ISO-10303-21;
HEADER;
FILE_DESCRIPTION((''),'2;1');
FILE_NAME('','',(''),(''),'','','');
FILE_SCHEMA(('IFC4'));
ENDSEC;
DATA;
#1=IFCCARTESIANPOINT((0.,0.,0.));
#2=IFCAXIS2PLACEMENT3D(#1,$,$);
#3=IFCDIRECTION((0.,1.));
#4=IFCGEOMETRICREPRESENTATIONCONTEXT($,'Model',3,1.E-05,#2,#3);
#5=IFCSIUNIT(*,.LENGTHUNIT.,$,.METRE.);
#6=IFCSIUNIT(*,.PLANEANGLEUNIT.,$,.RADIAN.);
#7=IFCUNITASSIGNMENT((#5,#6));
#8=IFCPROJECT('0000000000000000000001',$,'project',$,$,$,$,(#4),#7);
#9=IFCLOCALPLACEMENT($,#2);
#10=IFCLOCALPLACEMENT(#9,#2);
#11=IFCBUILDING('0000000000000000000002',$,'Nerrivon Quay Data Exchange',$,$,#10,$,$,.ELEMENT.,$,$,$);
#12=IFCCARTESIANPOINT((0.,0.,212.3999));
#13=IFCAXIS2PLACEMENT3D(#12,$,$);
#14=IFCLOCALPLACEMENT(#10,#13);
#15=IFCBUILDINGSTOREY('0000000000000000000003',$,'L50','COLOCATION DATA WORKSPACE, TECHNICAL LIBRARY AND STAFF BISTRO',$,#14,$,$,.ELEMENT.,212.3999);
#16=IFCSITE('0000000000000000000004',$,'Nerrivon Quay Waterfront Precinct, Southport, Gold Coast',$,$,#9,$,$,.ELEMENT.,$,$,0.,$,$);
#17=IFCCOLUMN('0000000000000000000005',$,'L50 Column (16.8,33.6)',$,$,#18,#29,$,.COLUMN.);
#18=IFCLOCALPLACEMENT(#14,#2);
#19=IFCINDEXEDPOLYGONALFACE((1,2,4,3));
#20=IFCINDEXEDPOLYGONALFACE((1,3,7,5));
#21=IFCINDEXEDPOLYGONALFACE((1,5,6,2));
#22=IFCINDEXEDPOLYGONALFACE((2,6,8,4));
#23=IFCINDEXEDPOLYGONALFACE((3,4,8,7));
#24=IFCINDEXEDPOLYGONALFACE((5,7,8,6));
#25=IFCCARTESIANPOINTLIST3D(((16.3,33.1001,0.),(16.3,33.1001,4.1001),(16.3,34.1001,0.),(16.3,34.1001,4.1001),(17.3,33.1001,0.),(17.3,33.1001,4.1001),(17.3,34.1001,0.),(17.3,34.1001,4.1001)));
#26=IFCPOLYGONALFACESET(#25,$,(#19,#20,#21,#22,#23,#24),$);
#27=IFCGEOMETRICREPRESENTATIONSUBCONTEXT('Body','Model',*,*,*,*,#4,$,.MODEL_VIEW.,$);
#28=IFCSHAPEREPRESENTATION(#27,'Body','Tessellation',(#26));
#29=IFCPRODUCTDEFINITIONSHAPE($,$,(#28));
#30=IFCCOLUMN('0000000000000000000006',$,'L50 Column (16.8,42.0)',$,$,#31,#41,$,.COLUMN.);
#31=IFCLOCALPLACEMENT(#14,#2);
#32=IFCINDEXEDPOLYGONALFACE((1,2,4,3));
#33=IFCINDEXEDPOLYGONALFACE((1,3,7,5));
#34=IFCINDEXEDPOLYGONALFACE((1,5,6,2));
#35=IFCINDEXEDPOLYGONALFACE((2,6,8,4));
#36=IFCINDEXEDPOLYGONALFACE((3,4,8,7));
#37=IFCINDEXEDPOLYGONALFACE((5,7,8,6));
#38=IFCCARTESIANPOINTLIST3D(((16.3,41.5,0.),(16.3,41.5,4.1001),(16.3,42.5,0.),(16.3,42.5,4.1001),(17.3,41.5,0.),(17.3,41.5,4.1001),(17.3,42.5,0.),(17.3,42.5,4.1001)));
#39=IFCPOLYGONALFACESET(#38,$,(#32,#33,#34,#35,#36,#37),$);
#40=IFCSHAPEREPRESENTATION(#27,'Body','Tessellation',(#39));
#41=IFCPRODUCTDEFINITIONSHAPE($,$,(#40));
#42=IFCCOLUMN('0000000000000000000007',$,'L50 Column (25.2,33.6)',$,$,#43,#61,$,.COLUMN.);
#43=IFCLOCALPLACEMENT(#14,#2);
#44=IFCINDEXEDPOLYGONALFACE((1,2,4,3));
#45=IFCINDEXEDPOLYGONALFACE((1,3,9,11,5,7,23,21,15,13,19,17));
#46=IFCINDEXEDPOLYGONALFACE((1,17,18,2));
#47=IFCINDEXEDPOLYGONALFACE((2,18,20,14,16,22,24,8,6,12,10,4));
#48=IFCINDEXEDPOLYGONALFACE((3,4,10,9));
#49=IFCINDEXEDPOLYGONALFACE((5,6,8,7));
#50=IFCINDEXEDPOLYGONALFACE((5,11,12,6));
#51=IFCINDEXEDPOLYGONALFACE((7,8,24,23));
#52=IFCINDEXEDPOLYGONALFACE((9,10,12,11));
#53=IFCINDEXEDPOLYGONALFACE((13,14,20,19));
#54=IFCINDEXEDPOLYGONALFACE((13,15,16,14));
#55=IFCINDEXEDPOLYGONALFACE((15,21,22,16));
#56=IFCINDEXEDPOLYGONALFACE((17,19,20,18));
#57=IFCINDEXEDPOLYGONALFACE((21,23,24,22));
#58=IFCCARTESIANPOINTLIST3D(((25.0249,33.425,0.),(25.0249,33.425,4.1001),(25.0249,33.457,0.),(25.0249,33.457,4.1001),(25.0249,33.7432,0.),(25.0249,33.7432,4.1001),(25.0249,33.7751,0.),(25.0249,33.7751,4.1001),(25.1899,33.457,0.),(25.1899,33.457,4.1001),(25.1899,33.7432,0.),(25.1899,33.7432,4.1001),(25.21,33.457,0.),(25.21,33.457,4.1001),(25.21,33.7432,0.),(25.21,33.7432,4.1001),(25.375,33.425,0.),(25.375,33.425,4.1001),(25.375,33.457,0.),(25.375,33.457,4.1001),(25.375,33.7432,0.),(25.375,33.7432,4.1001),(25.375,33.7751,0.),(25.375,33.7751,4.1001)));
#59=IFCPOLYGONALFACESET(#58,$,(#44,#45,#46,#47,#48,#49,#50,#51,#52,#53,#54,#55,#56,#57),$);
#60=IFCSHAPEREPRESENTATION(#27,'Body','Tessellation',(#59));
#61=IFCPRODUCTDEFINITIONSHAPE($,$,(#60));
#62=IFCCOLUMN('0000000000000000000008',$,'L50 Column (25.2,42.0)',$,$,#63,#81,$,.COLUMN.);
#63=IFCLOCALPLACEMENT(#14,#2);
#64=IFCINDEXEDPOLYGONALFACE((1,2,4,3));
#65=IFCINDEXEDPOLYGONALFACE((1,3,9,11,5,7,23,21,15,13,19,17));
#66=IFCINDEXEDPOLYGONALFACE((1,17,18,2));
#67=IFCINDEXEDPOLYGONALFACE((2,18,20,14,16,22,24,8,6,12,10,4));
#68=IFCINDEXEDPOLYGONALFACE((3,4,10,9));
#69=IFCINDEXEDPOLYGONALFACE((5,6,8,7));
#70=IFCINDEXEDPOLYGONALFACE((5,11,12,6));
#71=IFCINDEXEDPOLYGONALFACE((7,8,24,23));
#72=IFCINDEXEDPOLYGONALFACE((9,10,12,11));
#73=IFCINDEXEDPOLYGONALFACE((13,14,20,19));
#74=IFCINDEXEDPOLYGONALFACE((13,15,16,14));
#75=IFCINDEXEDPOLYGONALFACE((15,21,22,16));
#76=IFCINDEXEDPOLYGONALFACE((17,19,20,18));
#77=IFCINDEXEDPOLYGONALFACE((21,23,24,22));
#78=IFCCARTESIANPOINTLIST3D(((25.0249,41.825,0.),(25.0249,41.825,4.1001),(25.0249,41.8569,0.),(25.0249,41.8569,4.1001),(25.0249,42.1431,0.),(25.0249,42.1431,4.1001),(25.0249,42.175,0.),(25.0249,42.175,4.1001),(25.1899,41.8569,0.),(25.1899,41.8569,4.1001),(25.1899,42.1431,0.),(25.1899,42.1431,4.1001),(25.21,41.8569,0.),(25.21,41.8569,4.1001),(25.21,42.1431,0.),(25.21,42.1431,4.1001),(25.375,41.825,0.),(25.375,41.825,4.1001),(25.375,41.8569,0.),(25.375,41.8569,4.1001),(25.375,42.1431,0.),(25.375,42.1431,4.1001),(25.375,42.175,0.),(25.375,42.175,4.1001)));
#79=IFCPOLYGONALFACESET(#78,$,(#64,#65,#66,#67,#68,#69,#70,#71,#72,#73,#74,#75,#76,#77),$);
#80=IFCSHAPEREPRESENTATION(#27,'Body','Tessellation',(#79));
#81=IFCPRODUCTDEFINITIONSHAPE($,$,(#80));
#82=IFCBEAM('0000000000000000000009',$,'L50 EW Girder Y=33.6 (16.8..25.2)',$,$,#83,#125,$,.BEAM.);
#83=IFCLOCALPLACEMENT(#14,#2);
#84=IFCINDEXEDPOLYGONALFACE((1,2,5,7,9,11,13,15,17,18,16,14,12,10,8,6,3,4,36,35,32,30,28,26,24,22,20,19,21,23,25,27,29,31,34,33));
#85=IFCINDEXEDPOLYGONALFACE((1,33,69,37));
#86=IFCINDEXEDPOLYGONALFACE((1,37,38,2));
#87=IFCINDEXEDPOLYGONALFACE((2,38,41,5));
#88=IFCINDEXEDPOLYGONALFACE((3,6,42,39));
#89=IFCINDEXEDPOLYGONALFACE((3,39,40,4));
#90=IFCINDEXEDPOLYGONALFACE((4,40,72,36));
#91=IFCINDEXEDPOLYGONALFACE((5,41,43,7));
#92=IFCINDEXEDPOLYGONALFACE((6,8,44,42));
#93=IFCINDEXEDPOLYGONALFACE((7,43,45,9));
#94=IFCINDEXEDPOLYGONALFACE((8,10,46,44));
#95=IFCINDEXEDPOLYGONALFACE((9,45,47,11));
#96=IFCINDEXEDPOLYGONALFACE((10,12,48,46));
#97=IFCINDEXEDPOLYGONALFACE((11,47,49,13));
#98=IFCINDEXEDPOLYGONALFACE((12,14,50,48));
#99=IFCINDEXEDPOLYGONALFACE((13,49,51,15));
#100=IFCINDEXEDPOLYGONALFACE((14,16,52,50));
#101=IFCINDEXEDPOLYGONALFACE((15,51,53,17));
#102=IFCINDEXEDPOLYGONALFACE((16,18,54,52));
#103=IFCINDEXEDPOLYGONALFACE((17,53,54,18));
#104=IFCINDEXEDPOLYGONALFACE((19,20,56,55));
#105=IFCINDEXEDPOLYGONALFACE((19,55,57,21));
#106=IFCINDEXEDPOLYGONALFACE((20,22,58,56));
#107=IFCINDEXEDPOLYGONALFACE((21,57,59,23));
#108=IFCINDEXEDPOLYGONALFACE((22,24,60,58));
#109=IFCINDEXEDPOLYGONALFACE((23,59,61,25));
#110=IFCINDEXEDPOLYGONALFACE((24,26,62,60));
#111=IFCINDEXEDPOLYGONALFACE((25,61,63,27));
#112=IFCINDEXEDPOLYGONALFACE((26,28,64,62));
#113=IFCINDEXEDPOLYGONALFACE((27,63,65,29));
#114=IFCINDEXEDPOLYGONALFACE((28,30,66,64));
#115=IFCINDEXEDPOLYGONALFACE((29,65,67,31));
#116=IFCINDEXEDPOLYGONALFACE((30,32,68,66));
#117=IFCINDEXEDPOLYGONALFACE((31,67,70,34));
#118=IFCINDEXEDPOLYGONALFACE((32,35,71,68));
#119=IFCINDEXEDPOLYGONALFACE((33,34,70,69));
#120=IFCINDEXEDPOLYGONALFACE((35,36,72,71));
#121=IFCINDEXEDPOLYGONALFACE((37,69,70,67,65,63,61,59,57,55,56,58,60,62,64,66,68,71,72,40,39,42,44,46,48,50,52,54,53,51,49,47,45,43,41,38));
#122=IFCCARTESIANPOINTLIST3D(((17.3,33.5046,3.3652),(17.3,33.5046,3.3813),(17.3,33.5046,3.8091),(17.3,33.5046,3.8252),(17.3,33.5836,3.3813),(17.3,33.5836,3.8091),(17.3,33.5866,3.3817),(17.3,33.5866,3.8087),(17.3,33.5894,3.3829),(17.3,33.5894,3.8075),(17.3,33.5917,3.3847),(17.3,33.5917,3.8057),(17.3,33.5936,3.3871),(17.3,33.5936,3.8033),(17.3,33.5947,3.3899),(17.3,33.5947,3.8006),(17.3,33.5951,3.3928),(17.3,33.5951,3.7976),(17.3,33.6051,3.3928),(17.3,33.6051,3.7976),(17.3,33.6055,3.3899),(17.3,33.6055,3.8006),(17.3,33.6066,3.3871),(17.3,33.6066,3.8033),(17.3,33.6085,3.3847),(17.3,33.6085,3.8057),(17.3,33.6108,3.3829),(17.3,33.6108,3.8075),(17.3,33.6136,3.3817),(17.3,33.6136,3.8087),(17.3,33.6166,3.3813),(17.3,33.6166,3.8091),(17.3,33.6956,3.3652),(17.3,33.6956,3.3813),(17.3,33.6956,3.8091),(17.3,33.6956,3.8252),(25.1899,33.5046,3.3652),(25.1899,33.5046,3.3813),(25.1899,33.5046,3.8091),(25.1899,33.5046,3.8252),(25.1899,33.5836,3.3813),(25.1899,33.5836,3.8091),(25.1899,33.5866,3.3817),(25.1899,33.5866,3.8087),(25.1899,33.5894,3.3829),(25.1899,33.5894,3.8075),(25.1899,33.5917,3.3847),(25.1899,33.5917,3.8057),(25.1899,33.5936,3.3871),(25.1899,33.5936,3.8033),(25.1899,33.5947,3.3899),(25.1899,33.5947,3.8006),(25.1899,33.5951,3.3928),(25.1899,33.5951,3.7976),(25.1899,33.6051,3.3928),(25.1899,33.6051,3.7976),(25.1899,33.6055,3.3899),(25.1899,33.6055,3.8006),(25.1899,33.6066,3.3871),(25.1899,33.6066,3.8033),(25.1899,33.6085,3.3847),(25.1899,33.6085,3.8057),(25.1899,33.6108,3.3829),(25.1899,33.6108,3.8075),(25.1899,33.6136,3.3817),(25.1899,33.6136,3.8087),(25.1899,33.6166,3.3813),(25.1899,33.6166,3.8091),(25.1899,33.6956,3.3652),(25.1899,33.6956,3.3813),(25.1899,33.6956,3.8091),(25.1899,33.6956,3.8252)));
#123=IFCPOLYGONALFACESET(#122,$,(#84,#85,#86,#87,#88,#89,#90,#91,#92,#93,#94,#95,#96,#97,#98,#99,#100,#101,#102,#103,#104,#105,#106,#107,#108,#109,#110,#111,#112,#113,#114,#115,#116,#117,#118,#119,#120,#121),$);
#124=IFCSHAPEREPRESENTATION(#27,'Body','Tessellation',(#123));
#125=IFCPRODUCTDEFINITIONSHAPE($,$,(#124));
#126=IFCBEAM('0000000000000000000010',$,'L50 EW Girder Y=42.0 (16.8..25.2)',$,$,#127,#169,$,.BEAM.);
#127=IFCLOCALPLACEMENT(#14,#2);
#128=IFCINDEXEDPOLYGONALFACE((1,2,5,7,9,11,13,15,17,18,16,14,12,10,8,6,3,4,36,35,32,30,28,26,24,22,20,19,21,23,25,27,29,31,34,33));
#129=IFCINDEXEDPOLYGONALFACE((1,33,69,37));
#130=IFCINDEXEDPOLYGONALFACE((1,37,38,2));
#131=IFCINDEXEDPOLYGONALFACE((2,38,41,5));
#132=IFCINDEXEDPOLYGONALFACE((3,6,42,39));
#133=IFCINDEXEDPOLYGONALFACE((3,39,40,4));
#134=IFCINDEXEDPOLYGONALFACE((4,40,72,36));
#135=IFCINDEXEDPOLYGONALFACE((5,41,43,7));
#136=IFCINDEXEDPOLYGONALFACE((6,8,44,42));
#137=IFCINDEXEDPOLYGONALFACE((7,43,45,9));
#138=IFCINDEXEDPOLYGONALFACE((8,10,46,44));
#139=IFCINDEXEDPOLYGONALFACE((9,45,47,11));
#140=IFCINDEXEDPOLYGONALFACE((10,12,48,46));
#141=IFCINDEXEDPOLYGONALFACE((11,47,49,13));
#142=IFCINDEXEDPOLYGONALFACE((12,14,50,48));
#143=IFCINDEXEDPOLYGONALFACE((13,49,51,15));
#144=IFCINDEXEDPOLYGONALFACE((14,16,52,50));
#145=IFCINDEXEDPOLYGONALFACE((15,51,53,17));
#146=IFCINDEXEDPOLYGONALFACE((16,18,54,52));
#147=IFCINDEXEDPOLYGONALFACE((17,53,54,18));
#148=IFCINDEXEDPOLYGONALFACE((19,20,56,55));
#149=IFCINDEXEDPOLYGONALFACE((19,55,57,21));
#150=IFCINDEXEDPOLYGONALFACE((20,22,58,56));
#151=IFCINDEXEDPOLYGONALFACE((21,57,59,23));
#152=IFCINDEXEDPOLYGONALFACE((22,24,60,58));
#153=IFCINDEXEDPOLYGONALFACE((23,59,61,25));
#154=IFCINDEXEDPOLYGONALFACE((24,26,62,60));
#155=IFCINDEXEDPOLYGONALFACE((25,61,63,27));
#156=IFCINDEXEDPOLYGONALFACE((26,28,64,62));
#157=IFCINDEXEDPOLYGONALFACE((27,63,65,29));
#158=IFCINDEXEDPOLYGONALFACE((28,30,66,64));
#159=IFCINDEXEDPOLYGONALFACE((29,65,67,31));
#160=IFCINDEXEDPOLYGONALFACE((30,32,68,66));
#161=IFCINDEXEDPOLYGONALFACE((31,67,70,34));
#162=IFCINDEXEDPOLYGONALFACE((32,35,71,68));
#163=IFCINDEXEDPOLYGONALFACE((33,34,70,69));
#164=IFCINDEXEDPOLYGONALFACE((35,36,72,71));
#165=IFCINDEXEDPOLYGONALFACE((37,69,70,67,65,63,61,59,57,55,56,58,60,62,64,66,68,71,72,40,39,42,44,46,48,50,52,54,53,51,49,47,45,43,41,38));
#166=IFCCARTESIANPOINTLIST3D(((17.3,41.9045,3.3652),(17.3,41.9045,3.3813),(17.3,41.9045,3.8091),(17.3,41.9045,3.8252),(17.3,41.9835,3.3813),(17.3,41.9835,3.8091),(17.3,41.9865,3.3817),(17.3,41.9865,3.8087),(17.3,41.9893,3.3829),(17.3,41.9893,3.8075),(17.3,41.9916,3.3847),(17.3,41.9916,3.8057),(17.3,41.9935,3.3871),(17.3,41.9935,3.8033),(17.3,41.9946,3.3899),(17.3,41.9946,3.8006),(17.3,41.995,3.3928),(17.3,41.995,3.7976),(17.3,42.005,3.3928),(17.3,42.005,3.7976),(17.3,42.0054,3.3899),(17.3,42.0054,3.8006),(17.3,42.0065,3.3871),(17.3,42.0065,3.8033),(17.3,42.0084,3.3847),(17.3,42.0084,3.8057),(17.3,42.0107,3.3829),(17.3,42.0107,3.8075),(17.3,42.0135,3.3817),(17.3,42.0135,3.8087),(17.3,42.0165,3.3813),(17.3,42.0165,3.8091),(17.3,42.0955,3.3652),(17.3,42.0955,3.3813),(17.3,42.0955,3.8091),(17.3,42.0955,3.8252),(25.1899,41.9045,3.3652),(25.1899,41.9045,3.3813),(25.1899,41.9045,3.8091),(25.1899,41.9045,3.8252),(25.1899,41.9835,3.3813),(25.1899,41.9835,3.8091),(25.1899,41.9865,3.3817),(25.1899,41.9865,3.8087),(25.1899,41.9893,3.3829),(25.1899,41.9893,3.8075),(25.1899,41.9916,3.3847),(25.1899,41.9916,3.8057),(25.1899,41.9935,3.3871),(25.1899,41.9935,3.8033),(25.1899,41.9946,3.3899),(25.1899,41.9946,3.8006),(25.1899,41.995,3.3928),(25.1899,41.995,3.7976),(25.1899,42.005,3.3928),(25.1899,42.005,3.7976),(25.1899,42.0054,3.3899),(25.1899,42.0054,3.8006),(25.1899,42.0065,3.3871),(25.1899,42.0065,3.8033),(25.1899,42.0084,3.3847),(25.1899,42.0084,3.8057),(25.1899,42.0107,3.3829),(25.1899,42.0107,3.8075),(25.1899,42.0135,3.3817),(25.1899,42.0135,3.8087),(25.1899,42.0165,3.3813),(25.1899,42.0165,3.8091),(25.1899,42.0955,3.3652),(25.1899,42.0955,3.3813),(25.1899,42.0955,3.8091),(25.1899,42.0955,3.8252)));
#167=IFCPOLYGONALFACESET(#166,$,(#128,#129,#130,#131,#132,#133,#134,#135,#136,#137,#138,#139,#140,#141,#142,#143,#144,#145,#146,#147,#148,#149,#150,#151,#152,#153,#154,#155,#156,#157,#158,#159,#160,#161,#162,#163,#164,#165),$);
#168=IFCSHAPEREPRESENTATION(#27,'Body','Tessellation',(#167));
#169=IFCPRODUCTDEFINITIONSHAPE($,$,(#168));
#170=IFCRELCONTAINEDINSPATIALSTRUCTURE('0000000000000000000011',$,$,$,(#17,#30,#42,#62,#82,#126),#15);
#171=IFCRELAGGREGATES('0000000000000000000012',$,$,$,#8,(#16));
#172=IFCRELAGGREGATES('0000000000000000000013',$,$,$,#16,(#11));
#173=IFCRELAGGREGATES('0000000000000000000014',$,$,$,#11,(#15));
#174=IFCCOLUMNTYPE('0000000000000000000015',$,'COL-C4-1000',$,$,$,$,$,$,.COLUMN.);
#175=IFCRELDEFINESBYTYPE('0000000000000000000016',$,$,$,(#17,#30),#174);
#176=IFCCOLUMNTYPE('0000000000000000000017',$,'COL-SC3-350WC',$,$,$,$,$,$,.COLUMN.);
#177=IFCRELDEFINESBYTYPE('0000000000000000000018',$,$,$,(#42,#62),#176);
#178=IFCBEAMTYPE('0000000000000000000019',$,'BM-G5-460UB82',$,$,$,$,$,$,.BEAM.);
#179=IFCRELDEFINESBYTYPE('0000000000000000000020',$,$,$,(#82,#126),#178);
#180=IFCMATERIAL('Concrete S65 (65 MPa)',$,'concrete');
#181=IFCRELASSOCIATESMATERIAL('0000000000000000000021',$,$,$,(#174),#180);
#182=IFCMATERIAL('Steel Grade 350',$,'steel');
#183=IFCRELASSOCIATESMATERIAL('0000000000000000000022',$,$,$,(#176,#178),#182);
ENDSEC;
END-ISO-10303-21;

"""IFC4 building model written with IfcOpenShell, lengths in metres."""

from ifc_helpers import new_model, si_unit, direction, frame, origin, origin_2d, place, context, subcontext, project, spatial, rectangle, i_section, extrude, material, material_profile, profile_set, type_object, element, save


model = new_model("IFC4")

# Units and contexts
model_context = context("Model", 3, precision=1e-05, world=origin(), true_north=direction((0.0, 1.0)))
body_context = subcontext(model_context, "Body", "Model", "MODEL_VIEW")
ifc_project = project(units=[si_unit("LENGTHUNIT", "METRE"), si_unit("PLANEANGLEUNIT", "RADIAN")], contexts=[model_context])

# Site, building, storey
site_placement = place(None, origin())
site = spatial("IfcSite", under=ifc_project, at=site_placement, Name="Nerrivon Quay Waterfront Precinct, Southport, Gold Coast", CompositionType="ELEMENT", RefElevation=0.0)
building_placement = place(site_placement, origin())
building = spatial("IfcBuilding", under=site, at=building_placement, Name="Nerrivon Quay Data Exchange", CompositionType="ELEMENT")
storey_placement = place(building_placement, frame((0.0, 0.0, 212.3999)))
storey = spatial("IfcBuildingStorey", under=building, at=storey_placement, Name="L50", Description="COLOCATION DATA WORKSPACE, TECHNICAL LIBRARY AND STAFF BISTRO", CompositionType="ELEMENT", Elevation=212.3999)

# Columns
ifc_material_1 = material(Name="Concrete S65 (65 MPa)", Category="concrete")
ifc_material_profile_1 = material_profile(ifc_material_1, rectangle(XDim=1.0, YDim=1.0, at=origin_2d()), Name="RC-COL-1000x1000")
ifc_profile_set_1 = profile_set([ifc_material_profile_1], Name="Concrete S65 (65 MPa)")
column_type_1 = type_object("IfcColumnType", Name="COL-C4-1000", PredefinedType="COLUMN", material=ifc_profile_set_1)
for number, where, z_axis, x_axis, name in (
    (1, (16.8, 33.6001, 0.0), (0.0, 0.0, 1.0), (1.0, 0.0, 0.0), "L50 Column (16.8,33.6)"),
    (2, (16.8, 42.0, 0.0), (0.0, 0.0, 1.0), (1.0, 0.0, 0.0), "L50 Column (16.8,42.0)"),
):
    element("IfcColumn", number, at=place(storey_placement, frame(where, z_axis=z_axis, x_axis=x_axis)), inside=storey, type_object=column_type_1, Name=name, PredefinedType="COLUMN", context=body_context, shape_type="SweptSolid", body=[
        extrude(rectangle(XDim=1.0, YDim=1.0, at=origin_2d()), origin(), (0.0, 0.0, 1.0), 4.1001),
    ])
ifc_material_2 = material(Name="Steel Grade 350", Category="steel")
ifc_material_profile_2 = material_profile(ifc_material_2, i_section(OverallWidth=0.3501, OverallDepth=0.3501, WebThickness=0.02, FlangeThickness=0.032, at=origin_2d()), Name="350WC230")
ifc_profile_set_2 = profile_set([ifc_material_profile_2], Name="Steel Grade 350")
column_type_2 = type_object("IfcColumnType", Name="COL-SC3-350WC", PredefinedType="COLUMN", material=ifc_profile_set_2)
for number, where, z_axis, x_axis, name in (
    (3, (25.2, 33.6001, 0.0), (0.0, 0.0, 1.0), (1.0, 0.0, 0.0), "L50 Column (25.2,33.6)"),
    (4, (25.2, 42.0, 0.0), (0.0, 0.0, 1.0), (1.0, 0.0, 0.0), "L50 Column (25.2,42.0)"),
):
    element("IfcColumn", number, at=place(storey_placement, frame(where, z_axis=z_axis, x_axis=x_axis)), inside=storey, type_object=column_type_2, Name=name, PredefinedType="COLUMN", context=body_context, shape_type="SweptSolid", body=[
        extrude(i_section(OverallWidth=0.3501, OverallDepth=0.3501, WebThickness=0.02, FlangeThickness=0.032, at=origin_2d()), origin(), (0.0, 0.0, 1.0), 4.1001),
    ])

# Beams
ifc_material_profile_3 = material_profile(ifc_material_2, i_section(OverallWidth=0.1909, OverallDepth=0.46, WebThickness=0.01, FlangeThickness=0.0161, FilletRadius=0.0115, at=origin_2d()), Name="460UB82.1")
ifc_profile_set_3 = profile_set([ifc_material_profile_3], Name="Steel Grade 350")
beam_type_1 = type_object("IfcBeamType", Name="BM-G5-460UB82", PredefinedType="BEAM", material=ifc_profile_set_3)
for number, where, z_axis, x_axis, name in (
    (5, (17.3, 33.6001, 3.5952), (1.0, 0.0, 0.0), (0.0, 1.0, 0.0), "L50 EW Girder Y=33.6 (16.8..25.2)"),
    (6, (17.3, 42.0, 3.5952), (1.0, 0.0, 0.0), (0.0, 1.0, 0.0), "L50 EW Girder Y=42.0 (16.8..25.2)"),
):
    element("IfcBeam", number, at=place(storey_placement, frame(where, z_axis=z_axis, x_axis=x_axis)), inside=storey, type_object=beam_type_1, Name=name, PredefinedType="BEAM", context=body_context, shape_type="SweptSolid", body=[
        extrude(i_section(OverallWidth=0.1909, OverallDepth=0.46, WebThickness=0.01, FlangeThickness=0.0161, FilletRadius=0.0115, at=origin_2d()), origin(), (0.0, 0.0, 1.0), 7.8899),
    ])

save(model, "model.ifc")
